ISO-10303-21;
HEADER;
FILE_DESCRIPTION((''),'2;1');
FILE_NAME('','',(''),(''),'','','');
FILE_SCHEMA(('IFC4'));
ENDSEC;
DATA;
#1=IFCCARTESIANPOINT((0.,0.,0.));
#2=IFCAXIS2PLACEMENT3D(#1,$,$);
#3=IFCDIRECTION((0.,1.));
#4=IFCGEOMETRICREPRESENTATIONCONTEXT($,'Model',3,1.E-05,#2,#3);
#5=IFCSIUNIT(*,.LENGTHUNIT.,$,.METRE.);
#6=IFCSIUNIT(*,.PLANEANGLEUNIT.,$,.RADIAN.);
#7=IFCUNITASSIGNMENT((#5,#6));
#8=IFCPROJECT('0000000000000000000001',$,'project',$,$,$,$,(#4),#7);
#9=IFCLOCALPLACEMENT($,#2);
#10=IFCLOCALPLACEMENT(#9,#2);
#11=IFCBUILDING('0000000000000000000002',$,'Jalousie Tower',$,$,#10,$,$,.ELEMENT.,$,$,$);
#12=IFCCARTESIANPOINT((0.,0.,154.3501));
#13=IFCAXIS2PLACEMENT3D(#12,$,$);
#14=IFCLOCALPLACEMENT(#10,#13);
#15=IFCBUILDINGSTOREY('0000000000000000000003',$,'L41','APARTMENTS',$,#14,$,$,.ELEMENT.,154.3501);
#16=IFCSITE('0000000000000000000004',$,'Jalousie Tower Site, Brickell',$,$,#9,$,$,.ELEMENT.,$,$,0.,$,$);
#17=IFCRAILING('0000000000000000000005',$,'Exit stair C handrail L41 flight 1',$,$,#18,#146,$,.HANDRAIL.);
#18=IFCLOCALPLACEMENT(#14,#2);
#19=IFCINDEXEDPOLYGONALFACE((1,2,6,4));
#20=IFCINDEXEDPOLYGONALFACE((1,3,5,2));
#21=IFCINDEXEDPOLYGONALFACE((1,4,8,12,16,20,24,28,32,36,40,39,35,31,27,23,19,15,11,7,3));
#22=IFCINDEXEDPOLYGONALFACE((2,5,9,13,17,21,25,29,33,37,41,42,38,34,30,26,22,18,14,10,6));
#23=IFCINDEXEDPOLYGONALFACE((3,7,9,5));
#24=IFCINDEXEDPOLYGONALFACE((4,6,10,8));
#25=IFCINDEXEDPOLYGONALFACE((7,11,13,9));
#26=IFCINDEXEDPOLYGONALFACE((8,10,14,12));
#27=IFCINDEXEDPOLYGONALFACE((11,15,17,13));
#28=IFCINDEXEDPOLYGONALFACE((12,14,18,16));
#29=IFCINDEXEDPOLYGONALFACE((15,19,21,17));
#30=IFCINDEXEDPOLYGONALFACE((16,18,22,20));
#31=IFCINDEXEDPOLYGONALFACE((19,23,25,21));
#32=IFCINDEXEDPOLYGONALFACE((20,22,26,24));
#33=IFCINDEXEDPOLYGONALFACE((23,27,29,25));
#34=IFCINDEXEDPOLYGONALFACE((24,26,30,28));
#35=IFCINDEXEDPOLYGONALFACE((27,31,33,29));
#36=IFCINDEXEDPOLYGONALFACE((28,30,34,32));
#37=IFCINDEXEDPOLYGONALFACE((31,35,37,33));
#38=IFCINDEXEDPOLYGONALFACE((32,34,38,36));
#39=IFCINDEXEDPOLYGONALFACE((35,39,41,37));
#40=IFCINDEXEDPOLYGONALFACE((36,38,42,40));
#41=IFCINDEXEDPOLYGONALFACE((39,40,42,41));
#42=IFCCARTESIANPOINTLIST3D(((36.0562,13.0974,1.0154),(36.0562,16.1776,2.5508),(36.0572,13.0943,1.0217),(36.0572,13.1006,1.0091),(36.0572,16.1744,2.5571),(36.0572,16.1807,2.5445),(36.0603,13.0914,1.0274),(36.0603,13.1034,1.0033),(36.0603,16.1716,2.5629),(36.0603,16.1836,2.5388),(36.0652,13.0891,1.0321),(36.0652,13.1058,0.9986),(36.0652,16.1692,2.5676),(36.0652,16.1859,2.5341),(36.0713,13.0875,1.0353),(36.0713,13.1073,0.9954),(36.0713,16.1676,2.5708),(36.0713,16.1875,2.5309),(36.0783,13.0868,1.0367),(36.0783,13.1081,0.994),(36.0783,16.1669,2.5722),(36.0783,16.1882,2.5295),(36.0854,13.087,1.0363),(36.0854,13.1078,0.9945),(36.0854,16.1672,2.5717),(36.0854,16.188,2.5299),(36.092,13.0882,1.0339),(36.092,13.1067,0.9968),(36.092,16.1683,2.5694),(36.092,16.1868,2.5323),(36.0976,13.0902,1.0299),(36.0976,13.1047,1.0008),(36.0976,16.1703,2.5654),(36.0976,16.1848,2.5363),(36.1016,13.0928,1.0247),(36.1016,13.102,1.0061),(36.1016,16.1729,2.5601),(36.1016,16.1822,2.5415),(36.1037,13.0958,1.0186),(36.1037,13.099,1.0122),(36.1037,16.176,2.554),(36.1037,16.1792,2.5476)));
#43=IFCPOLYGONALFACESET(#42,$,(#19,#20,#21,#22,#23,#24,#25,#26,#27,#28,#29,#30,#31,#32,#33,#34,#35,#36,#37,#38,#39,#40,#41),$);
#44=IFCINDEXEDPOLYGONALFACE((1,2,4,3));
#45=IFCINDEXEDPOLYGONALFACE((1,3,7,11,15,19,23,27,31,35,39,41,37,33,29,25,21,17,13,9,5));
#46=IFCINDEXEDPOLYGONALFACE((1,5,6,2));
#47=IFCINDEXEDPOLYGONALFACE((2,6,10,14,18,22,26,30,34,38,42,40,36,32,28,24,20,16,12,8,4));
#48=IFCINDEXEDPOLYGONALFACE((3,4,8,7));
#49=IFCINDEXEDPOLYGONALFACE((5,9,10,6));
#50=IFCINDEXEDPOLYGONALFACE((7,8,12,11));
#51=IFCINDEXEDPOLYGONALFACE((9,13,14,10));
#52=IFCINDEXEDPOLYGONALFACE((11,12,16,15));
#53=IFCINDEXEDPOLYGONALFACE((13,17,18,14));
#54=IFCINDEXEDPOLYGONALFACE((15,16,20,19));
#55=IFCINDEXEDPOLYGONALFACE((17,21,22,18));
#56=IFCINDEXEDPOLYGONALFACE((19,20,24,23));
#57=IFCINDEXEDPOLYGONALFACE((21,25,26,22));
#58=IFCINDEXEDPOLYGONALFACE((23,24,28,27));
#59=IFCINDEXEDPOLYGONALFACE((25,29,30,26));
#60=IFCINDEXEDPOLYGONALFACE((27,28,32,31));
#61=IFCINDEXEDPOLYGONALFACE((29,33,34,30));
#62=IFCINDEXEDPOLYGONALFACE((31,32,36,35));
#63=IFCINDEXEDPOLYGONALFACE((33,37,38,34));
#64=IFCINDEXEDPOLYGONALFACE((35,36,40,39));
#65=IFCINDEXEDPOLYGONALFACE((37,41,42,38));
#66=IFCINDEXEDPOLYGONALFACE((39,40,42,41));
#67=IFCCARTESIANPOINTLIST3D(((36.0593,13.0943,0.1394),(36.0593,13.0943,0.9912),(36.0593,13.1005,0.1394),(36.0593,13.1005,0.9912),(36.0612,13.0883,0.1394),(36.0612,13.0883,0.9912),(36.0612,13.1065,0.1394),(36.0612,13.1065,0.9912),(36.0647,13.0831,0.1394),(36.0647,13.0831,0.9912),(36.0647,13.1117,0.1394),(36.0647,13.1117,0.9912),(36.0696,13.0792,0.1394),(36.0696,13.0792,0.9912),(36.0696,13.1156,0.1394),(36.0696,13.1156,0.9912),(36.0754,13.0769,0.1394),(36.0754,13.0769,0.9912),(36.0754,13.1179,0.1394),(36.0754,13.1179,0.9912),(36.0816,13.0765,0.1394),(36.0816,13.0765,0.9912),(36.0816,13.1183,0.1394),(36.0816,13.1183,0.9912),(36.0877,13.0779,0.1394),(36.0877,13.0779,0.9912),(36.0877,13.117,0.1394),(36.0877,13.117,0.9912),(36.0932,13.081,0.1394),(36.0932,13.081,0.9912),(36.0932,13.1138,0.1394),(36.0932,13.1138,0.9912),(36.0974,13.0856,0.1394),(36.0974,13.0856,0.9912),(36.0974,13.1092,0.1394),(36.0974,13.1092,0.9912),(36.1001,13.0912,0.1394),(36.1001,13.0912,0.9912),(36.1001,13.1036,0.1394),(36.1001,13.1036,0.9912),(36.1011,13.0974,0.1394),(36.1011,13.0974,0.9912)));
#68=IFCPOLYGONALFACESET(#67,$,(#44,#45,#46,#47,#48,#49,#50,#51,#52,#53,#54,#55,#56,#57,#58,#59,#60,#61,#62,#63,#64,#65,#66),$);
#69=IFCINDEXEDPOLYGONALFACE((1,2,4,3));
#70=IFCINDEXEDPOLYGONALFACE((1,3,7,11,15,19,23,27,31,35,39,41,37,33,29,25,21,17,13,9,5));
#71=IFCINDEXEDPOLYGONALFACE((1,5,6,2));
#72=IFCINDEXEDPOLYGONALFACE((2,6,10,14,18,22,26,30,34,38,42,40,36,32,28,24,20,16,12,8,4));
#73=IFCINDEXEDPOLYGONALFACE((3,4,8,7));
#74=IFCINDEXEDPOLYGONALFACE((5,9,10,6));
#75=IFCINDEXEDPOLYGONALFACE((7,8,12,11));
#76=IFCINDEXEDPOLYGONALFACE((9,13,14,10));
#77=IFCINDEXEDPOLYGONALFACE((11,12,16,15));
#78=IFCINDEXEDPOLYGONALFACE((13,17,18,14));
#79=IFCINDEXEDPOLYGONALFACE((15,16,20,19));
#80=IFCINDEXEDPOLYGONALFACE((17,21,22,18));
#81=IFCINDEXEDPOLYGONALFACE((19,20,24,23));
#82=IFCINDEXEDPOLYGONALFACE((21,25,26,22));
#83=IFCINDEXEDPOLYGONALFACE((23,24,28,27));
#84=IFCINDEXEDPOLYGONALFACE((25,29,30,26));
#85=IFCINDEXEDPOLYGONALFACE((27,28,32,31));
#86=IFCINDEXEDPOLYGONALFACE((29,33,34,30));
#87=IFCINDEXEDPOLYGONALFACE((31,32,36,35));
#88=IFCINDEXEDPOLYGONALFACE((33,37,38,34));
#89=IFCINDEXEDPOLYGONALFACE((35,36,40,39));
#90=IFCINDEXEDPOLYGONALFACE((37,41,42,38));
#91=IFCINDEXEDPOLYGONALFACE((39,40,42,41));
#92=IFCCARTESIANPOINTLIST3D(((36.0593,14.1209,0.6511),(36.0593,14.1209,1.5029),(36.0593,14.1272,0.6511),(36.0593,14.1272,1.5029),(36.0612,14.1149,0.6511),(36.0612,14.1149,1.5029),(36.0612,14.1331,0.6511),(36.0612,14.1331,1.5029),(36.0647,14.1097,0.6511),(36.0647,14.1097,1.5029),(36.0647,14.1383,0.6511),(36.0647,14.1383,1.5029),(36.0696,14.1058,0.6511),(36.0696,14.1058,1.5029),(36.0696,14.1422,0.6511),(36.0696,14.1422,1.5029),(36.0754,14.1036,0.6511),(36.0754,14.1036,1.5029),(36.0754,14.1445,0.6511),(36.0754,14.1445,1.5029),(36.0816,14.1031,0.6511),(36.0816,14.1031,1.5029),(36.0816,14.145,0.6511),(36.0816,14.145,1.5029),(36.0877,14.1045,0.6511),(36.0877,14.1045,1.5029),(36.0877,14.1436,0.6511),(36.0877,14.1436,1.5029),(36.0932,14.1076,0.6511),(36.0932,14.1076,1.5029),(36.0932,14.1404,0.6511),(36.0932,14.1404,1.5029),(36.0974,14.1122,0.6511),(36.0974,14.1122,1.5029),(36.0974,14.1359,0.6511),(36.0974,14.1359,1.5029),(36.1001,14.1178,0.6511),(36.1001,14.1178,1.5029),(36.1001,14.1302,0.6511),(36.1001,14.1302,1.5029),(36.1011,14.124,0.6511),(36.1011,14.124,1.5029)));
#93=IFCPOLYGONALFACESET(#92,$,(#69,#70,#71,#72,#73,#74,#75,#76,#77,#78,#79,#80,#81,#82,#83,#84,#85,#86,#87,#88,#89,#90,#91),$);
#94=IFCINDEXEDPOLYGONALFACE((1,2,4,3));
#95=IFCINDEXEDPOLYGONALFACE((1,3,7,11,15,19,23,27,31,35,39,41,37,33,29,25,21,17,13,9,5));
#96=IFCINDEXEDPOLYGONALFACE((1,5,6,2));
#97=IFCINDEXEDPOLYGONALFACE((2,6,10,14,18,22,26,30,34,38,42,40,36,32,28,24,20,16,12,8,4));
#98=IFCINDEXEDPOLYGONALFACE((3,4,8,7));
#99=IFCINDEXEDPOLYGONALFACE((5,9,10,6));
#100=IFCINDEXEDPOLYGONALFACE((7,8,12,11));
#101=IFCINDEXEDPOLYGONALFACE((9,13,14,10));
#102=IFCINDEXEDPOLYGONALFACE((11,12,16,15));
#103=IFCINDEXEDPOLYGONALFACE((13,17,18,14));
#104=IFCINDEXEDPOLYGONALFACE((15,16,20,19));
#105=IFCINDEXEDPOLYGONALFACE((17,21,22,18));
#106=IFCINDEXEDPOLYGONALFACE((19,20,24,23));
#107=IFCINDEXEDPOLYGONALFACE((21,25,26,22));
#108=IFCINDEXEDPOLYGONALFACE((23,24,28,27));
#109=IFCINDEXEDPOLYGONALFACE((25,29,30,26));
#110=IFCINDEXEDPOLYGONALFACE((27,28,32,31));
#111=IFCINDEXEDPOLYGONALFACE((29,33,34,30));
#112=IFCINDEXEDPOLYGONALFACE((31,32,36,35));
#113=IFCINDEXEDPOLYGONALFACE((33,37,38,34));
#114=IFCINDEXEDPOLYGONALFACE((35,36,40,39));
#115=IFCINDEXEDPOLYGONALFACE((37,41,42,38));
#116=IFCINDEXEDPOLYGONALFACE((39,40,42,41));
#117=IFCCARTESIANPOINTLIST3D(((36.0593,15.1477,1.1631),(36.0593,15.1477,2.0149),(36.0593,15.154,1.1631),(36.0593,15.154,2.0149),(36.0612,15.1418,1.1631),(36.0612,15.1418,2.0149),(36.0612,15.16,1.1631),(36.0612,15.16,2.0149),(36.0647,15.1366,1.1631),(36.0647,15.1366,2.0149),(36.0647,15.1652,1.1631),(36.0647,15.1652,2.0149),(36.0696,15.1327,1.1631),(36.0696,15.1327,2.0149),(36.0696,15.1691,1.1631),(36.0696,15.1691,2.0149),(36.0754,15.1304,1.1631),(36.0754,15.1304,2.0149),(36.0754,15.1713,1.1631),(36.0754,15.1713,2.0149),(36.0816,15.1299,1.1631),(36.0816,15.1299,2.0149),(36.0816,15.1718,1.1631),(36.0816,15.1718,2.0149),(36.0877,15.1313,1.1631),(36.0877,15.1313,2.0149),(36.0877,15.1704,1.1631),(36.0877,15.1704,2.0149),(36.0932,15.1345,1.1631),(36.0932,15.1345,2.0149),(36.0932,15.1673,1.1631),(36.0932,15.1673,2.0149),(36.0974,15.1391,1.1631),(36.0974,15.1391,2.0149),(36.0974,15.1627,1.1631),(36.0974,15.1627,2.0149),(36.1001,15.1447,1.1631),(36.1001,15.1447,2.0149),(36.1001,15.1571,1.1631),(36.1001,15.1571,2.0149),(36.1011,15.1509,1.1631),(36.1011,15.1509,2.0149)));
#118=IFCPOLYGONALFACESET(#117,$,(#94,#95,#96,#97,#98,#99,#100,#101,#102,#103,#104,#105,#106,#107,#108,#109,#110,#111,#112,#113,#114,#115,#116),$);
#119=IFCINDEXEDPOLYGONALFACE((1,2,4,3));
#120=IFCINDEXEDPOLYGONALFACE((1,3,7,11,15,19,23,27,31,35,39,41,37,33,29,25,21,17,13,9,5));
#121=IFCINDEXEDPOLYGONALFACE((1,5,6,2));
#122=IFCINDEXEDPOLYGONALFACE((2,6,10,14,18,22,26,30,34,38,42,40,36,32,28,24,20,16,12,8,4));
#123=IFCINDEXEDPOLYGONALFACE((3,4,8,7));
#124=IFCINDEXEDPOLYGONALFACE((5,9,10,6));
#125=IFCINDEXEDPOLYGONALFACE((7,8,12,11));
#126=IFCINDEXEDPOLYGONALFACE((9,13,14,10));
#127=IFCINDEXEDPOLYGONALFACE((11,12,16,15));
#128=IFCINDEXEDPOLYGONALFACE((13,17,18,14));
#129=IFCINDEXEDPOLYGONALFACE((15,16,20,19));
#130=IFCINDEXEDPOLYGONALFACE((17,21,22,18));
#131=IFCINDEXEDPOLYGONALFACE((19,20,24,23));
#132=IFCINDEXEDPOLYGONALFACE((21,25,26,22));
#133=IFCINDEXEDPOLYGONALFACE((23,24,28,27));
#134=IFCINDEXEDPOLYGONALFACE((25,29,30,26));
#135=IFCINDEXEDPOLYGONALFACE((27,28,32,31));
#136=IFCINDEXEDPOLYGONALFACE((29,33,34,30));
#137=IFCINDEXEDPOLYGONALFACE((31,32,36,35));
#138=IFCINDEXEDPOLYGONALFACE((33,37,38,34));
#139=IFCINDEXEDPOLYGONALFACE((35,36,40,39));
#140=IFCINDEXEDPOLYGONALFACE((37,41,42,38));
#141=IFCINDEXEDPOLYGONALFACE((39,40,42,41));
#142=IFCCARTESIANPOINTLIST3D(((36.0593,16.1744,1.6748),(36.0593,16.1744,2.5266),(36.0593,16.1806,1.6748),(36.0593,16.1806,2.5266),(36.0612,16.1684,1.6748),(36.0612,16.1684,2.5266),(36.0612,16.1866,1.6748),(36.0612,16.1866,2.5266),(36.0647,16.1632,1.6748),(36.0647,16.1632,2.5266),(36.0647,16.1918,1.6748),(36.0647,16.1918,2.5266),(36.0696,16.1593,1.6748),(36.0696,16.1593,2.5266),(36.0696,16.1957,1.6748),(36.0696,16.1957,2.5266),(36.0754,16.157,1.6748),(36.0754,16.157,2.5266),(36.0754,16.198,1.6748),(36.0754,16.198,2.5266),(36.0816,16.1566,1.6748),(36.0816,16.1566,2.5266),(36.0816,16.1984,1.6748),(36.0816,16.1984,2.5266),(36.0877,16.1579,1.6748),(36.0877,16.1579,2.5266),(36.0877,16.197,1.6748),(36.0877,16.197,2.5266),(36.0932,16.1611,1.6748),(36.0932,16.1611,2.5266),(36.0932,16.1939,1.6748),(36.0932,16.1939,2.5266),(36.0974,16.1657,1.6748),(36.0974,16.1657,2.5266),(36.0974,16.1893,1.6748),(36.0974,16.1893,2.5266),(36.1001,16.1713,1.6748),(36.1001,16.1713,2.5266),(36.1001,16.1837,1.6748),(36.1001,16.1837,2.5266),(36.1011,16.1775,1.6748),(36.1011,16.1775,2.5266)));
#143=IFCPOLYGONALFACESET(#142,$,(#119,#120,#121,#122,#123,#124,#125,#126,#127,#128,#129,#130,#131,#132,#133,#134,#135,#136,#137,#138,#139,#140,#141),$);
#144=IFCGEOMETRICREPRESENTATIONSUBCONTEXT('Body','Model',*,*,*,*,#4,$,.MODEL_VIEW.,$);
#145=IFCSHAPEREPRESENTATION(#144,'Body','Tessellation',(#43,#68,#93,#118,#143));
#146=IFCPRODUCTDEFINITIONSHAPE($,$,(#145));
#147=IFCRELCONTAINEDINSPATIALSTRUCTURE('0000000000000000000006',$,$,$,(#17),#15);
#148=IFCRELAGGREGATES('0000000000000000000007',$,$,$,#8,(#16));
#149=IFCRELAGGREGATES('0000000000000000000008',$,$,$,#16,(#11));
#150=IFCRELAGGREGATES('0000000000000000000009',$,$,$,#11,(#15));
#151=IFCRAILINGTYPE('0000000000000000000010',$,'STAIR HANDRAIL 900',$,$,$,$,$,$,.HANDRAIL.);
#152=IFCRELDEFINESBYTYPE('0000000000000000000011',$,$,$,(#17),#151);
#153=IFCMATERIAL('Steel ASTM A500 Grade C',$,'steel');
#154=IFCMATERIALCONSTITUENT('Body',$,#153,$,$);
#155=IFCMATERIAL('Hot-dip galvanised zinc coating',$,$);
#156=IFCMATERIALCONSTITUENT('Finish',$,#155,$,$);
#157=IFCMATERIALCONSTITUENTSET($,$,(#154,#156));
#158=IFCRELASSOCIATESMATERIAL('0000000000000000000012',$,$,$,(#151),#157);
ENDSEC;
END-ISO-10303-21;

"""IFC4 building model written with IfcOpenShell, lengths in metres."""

from ifc_helpers import new_model, si_unit, direction, frame, origin, origin_2d, place, context, subcontext, project, spatial, circle, extrude, material, constituent, constituent_set, type_object, element, save


model = new_model("IFC4")

# Units and contexts
model_context = context("Model", 3, precision=1e-05, world=origin(), true_north=direction((0.0, 1.0)))
body_context = subcontext(model_context, "Body", "Model", "MODEL_VIEW")
ifc_project = project(units=[si_unit("LENGTHUNIT", "METRE"), si_unit("PLANEANGLEUNIT", "RADIAN")], contexts=[model_context])

# Site, building, storey
site_placement = place(None, origin())
site = spatial("IfcSite", under=ifc_project, at=site_placement, Name="Jalousie Tower Site, Brickell", CompositionType="ELEMENT", RefElevation=0.0)
building_placement = place(site_placement, origin())
building = spatial("IfcBuilding", under=site, at=building_placement, Name="Jalousie Tower", CompositionType="ELEMENT")
storey_placement = place(building_placement, frame((0.0, 0.0, 154.3501)))
storey = spatial("IfcBuildingStorey", under=building, at=storey_placement, Name="L41", Description="APARTMENTS", CompositionType="ELEMENT", Elevation=154.3501)

# Railing
ifc_material_1 = material(Name="Steel ASTM A500 Grade C", Category="steel")
ifc_constituent_1 = constituent(ifc_material_1, Name="Body")
ifc_material_2 = material(Name="Hot-dip galvanised zinc coating")
ifc_constituent_2 = constituent(ifc_material_2, Name="Finish")
ifc_constituent_set_1 = constituent_set(constituents=[ifc_constituent_1, ifc_constituent_2])
railing_type_1 = type_object("IfcRailingType", Name="STAIR HANDRAIL 900", PredefinedType="HANDRAIL", material=ifc_constituent_set_1)
railing_1_placement = place(storey_placement, frame((36.0801, 13.0974, 0.1394)))
element("IfcRailing", 1, at=railing_1_placement, inside=storey, type_object=railing_type_1, Name="Exit stair C handrail L41 flight 1", PredefinedType="HANDRAIL", context=body_context, shape_type="SweptSolid", body=[
    extrude(circle(Radius=0.0239, at=origin_2d()), frame((0.0, 0.0, 0.876), z_axis=(0.0, 0.894966, 0.446135), x_axis=(-1.0, 0.0, 0.0)), (0.0, 0.0, 1.0), 3.4417),
    extrude(circle(Radius=0.021, at=origin_2d()), origin(), (0.0, 0.0, 1.0), 0.8518),
    extrude(circle(Radius=0.021, at=origin_2d()), frame((0.0, 1.0266, 0.5117)), (0.0, 0.0, 1.0), 0.8518),
    extrude(circle(Radius=0.021, at=origin_2d()), frame((0.0, 2.0535, 1.0237)), (0.0, 0.0, 1.0), 0.8518),
    extrude(circle(Radius=0.021, at=origin_2d()), frame((0.0, 3.0801, 1.5354)), (0.0, 0.0, 1.0), 0.8518),
])

save(model, "model.ifc")
